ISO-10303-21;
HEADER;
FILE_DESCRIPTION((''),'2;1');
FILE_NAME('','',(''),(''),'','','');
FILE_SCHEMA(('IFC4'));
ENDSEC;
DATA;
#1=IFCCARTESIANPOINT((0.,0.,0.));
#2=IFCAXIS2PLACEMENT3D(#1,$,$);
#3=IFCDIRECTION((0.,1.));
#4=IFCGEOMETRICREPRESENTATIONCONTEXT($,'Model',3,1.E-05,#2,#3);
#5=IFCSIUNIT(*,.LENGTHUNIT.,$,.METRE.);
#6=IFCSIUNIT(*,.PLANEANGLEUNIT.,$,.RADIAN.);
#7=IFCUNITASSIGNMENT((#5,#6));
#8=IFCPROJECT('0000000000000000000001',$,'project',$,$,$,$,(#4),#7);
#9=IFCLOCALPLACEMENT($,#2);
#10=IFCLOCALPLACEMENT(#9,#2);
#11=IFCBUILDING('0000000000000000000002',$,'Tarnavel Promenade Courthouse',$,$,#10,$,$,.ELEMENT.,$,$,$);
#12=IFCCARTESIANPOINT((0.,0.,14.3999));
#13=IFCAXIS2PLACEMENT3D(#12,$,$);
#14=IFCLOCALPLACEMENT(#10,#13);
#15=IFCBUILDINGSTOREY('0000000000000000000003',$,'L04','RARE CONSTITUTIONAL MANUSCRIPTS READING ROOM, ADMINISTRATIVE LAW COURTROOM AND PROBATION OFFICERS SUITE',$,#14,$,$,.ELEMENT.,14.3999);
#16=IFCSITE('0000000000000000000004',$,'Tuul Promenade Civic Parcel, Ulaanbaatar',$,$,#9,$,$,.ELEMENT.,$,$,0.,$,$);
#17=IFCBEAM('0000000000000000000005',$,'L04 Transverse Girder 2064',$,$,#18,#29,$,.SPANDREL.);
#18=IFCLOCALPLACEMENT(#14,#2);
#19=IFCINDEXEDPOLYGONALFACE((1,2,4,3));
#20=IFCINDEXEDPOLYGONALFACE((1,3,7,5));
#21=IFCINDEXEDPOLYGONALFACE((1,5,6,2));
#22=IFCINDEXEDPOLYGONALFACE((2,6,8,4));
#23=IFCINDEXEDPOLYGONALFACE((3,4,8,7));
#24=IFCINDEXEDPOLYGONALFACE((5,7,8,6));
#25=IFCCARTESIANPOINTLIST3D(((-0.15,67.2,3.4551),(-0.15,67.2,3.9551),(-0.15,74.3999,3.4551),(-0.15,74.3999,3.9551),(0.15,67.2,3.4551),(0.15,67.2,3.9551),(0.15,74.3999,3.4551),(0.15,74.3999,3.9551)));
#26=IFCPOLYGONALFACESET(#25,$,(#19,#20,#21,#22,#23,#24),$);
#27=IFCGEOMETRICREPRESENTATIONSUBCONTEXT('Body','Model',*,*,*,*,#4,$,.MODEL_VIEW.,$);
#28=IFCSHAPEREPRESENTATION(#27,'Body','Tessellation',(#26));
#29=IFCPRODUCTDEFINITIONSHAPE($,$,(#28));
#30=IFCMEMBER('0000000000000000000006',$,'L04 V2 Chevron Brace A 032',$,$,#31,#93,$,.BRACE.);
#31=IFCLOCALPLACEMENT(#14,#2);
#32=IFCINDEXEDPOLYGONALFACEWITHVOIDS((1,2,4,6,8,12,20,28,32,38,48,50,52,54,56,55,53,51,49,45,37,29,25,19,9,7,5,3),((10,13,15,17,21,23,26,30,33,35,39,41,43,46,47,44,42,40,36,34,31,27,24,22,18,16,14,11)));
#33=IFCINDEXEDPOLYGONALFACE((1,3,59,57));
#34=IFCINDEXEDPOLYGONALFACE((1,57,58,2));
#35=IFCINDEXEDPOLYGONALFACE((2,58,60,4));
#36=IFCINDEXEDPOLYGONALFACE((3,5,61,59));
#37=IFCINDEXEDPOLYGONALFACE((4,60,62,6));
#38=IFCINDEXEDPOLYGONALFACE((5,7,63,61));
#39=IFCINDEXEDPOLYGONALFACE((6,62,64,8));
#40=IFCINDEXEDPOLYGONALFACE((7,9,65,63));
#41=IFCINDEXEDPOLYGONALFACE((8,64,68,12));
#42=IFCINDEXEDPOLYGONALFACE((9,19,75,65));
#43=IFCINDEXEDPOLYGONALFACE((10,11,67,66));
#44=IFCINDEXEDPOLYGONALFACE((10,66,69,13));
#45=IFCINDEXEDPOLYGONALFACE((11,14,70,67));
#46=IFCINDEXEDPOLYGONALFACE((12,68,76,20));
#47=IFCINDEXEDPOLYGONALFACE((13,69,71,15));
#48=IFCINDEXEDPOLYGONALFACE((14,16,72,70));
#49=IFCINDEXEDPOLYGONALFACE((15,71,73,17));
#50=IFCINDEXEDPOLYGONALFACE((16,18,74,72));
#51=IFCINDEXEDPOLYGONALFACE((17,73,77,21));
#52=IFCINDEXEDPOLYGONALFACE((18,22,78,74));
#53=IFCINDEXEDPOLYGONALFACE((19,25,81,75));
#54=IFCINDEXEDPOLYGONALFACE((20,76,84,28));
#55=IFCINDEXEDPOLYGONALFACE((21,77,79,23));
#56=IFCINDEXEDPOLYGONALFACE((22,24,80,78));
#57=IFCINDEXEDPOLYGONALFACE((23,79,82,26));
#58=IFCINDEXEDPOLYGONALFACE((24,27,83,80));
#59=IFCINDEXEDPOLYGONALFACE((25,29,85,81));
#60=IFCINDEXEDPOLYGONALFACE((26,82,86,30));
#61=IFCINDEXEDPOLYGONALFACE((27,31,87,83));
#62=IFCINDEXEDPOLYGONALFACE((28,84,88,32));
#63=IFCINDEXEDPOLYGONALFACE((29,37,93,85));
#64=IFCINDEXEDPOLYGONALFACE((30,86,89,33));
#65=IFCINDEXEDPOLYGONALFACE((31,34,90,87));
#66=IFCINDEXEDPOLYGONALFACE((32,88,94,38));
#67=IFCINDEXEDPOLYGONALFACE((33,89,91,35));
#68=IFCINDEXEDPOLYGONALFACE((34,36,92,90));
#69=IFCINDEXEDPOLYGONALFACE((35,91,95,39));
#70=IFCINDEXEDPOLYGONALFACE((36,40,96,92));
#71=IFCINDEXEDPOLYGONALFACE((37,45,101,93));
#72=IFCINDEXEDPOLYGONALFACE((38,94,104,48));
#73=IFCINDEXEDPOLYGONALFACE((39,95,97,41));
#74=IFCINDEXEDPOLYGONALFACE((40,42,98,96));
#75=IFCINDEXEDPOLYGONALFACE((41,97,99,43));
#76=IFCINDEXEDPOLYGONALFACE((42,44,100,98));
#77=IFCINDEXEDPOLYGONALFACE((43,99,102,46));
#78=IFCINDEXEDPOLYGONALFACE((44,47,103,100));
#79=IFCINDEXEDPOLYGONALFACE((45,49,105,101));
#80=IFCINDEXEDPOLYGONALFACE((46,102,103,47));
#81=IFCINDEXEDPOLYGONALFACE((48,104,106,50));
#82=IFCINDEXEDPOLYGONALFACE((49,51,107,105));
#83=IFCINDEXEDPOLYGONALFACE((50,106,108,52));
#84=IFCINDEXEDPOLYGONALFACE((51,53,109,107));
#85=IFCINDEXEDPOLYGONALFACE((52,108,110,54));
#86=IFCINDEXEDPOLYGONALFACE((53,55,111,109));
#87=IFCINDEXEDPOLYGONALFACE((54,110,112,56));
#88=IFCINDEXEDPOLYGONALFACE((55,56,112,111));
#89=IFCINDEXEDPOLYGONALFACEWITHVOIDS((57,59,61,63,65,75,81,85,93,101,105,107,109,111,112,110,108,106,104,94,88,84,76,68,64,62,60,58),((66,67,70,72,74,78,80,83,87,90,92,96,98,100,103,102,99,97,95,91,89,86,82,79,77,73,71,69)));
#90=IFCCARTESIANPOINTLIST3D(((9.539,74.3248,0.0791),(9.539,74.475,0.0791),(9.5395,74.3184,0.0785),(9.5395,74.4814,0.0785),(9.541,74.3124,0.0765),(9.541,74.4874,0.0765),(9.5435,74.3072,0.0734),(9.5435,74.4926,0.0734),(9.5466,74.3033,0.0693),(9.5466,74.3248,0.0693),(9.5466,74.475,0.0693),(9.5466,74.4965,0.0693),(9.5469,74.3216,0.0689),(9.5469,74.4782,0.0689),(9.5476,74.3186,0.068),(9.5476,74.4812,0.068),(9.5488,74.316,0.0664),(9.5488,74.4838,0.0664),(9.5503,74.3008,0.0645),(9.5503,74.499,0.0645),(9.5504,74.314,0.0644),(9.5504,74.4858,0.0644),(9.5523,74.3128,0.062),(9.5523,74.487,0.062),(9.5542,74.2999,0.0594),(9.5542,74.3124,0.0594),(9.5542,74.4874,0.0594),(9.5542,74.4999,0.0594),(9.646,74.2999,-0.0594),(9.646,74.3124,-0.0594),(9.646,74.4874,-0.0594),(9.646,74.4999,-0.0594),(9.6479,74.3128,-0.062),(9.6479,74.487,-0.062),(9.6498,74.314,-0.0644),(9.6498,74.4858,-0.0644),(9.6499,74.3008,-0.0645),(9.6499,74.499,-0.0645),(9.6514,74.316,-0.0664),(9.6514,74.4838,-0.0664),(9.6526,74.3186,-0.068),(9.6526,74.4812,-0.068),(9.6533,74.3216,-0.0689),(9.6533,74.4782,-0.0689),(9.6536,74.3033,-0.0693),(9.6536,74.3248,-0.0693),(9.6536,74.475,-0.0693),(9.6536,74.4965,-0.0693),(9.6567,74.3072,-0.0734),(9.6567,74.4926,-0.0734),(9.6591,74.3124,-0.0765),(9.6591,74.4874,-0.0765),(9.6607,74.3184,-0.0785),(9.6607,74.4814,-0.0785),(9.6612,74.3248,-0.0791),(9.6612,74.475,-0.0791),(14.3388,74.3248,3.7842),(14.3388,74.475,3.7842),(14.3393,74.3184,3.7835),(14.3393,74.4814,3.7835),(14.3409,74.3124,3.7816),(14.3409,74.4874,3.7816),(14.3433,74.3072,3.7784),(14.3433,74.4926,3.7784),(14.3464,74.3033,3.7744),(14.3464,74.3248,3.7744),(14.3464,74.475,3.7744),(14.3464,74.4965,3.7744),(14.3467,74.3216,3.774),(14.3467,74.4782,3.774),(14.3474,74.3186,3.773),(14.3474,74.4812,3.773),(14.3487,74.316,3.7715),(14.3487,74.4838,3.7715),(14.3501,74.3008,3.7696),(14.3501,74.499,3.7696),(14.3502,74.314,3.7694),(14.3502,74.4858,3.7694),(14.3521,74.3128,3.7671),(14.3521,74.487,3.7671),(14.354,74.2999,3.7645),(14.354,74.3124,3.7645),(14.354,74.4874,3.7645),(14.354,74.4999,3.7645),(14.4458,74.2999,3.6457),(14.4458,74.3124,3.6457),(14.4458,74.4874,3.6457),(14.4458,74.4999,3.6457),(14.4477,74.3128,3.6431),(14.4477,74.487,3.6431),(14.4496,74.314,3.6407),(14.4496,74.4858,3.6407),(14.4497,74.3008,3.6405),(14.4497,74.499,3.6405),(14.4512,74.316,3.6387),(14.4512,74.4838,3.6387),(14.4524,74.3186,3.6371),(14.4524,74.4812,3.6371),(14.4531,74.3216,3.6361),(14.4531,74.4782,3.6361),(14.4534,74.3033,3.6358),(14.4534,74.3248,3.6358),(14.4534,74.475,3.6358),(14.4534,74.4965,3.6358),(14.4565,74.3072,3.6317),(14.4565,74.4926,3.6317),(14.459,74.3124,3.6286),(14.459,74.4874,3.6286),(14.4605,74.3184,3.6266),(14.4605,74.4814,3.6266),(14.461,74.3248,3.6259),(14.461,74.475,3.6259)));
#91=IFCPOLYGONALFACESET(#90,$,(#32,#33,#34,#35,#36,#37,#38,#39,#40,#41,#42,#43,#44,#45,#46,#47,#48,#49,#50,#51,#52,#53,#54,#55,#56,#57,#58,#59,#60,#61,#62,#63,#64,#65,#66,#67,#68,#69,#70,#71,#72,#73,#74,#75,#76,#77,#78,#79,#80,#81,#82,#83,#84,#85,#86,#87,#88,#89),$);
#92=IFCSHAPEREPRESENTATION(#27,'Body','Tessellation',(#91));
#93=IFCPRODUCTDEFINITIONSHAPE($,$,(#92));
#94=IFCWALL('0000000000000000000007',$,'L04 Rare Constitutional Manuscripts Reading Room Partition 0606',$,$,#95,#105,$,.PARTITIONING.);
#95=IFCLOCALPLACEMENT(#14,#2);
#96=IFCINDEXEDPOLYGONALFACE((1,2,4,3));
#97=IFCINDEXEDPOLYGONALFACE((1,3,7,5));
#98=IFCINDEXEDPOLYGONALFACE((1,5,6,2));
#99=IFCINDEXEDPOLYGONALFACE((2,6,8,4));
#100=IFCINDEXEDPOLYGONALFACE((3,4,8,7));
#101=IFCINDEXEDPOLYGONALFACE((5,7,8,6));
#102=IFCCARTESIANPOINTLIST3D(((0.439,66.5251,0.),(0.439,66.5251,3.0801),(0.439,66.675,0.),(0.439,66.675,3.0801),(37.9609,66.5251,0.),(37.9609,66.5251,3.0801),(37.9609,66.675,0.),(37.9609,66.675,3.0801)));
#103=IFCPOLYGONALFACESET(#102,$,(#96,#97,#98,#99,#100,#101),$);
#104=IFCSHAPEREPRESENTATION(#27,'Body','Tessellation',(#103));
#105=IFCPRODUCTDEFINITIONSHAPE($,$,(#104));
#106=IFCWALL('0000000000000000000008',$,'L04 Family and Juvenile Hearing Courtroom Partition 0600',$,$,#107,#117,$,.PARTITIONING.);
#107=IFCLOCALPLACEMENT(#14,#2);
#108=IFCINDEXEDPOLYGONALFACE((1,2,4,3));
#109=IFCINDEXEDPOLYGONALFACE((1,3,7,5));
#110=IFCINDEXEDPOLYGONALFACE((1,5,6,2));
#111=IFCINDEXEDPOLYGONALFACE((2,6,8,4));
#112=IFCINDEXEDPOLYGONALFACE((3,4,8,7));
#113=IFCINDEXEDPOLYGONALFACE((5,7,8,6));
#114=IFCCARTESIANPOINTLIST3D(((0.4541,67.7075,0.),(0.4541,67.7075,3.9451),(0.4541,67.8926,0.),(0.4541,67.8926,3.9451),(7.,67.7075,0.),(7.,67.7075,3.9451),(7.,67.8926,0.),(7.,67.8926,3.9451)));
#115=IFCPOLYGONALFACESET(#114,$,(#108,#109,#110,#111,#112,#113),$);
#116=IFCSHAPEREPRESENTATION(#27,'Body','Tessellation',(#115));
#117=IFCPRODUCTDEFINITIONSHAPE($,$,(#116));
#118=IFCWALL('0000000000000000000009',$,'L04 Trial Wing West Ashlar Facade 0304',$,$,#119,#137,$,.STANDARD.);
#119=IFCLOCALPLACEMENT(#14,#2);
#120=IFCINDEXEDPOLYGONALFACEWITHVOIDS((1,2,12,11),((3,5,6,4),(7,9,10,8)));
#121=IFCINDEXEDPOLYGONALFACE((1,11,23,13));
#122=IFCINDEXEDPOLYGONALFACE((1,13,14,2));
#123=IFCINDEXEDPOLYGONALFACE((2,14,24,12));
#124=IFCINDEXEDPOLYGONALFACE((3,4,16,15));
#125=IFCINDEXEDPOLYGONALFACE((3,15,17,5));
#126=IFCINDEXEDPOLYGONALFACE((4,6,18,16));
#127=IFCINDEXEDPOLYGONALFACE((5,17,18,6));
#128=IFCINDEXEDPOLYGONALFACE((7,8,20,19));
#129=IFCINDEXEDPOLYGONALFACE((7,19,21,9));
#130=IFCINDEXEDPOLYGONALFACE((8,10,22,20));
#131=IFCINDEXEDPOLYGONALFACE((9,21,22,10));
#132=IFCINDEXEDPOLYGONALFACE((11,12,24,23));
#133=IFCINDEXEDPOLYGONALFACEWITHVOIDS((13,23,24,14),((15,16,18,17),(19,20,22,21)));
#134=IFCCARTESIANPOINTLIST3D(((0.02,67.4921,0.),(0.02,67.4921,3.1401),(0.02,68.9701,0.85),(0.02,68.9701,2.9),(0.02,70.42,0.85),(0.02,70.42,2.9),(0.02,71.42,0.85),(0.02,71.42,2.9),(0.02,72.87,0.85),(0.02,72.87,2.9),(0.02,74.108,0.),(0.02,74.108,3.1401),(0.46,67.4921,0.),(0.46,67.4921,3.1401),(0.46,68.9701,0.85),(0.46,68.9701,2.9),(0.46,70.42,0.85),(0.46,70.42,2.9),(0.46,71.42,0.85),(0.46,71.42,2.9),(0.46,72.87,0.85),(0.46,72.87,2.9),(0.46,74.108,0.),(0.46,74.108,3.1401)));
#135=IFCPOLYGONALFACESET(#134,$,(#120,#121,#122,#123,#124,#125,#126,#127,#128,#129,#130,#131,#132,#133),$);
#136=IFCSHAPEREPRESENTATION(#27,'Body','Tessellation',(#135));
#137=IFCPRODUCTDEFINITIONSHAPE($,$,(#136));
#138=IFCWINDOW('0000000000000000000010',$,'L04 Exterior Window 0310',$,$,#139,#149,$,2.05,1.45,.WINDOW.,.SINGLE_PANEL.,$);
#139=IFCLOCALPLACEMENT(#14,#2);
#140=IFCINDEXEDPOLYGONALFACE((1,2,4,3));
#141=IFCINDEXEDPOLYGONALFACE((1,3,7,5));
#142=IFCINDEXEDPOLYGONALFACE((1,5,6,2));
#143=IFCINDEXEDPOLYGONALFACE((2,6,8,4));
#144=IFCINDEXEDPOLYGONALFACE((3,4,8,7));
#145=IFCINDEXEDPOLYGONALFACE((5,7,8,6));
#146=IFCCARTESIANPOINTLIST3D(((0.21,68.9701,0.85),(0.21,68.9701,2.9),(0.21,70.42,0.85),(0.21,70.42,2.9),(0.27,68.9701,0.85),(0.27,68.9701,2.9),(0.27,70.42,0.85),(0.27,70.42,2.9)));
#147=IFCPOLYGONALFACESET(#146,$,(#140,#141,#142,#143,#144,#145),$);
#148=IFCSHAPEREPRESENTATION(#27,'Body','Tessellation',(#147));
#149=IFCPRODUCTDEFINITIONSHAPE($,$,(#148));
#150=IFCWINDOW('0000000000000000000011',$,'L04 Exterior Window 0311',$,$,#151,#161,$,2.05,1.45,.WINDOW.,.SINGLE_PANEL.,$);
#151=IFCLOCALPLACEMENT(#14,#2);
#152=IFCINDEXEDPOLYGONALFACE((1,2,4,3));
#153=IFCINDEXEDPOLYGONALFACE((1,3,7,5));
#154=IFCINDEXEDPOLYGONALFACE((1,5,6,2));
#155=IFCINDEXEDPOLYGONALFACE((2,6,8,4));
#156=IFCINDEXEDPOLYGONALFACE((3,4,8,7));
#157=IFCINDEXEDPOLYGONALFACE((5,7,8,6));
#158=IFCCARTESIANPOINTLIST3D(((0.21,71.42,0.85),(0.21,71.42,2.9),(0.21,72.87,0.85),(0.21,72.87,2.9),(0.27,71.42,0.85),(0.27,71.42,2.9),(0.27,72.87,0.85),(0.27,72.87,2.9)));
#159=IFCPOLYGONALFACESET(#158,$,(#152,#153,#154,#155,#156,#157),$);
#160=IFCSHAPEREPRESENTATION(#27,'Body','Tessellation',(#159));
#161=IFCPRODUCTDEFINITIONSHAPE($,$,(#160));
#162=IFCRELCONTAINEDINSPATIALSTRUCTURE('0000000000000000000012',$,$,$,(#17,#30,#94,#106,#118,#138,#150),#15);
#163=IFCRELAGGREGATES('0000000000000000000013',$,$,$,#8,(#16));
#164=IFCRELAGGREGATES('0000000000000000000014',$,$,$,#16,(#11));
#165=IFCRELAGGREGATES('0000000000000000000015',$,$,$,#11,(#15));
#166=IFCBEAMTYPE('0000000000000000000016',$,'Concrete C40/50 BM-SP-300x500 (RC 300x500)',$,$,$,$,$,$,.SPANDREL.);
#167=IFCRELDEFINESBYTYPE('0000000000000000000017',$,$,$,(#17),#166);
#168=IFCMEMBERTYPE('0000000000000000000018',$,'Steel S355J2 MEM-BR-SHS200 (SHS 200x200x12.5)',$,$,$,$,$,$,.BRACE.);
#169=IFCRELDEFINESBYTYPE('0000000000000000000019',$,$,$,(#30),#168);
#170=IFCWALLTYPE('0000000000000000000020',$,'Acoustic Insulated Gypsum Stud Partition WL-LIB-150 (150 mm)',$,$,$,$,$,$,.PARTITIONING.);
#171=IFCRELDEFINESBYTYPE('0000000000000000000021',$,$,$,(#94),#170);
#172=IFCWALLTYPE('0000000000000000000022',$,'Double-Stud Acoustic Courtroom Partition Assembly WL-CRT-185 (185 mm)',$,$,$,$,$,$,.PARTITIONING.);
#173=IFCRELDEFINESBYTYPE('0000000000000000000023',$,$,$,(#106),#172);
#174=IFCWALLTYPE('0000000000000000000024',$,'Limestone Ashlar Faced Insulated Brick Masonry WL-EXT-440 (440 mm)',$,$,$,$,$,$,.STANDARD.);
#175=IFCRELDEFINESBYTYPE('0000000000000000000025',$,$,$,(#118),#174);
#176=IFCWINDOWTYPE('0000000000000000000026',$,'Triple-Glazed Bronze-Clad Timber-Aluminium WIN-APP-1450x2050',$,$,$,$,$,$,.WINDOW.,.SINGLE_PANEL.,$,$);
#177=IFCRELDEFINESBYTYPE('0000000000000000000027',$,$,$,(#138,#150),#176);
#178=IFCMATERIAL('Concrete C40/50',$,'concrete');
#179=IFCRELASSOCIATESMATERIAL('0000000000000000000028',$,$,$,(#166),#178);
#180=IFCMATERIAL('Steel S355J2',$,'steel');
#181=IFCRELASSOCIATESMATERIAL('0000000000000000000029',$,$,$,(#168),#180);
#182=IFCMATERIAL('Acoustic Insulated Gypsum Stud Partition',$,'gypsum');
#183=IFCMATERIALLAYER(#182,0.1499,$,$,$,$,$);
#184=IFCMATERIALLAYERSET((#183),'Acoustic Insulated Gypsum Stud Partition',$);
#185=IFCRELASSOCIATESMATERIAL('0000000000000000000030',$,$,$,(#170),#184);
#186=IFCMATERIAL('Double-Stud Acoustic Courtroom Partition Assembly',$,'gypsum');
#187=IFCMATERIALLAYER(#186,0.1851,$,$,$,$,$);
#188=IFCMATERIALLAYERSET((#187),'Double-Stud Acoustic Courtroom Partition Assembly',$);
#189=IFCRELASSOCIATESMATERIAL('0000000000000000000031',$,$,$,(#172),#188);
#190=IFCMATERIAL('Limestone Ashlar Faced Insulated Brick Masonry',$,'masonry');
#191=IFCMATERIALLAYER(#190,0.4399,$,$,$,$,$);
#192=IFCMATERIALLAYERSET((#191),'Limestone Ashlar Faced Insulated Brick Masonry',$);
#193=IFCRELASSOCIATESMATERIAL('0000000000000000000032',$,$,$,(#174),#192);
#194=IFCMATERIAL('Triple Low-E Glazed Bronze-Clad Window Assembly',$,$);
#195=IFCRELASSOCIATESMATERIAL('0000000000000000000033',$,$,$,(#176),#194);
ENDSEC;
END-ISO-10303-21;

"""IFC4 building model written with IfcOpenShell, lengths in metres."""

from ifc_helpers import new_model, si_unit, direction, frame, frame_2d, origin, origin_2d, place, context, subcontext, project, spatial, rectangle, hollow_rectangle, extrude, material, layer, layer_set, material_profile, profile_set, type_object, element, fill, save


model = new_model("IFC4")

# Units and contexts
model_context = context("Model", 3, precision=1e-05, world=origin(), true_north=direction((0.0, 1.0)))
body_context = subcontext(model_context, "Body", "Model", "MODEL_VIEW")
ifc_project = project(units=[si_unit("LENGTHUNIT", "METRE"), si_unit("PLANEANGLEUNIT", "RADIAN")], contexts=[model_context])

# Site, building, storey
site_placement = place(None, origin())
site = spatial("IfcSite", under=ifc_project, at=site_placement, Name="Tuul Promenade Civic Parcel, Ulaanbaatar", CompositionType="ELEMENT", RefElevation=0.0)
building_placement = place(site_placement, origin())
building = spatial("IfcBuilding", under=site, at=building_placement, Name="Tarnavel Promenade Courthouse", CompositionType="ELEMENT")
storey_placement = place(building_placement, frame((0.0, 0.0, 14.3999)))
storey = spatial("IfcBuildingStorey", under=building, at=storey_placement, Name="L04", Description="RARE CONSTITUTIONAL MANUSCRIPTS READING ROOM, ADMINISTRATIVE LAW COURTROOM AND PROBATION OFFICERS SUITE", CompositionType="ELEMENT", Elevation=14.3999)

# Shared definitions
ifc_material_1 = material(Name="Concrete C40/50", Category="concrete")

# Beam
ifc_material_profile_1 = material_profile(ifc_material_1, rectangle(XDim=0.3, YDim=0.5, at=origin_2d()), Name="RC 300x500")
ifc_profile_set_1 = profile_set([ifc_material_profile_1], Name="Concrete C40/50")
beam_type_1 = type_object("IfcBeamType", Name="Concrete C40/50 BM-SP-300x500 (RC 300x500)", PredefinedType="SPANDREL", material=ifc_profile_set_1)
beam_1_placement = place(storey_placement, frame((0.0, 67.2, 3.7051), z_axis=(0.0, 1.0, 0.0), x_axis=(-1.0, 0.0, 0.0)))
element("IfcBeam", 1, at=beam_1_placement, inside=storey, type_object=beam_type_1, Name="L04 Transverse Girder 2064", PredefinedType="SPANDREL", context=body_context, shape_type="SweptSolid", body=[
    extrude(rectangle(XDim=0.3, YDim=0.5, at=origin_2d()), origin(), (0.0, 0.0, 1.0), 7.2),
])

# Member
ifc_material_2 = material(Name="Steel S355J2", Category="steel")
ifc_material_profile_2 = material_profile(ifc_material_2, hollow_rectangle(XDim=0.2, YDim=0.2, WallThickness=0.0125, InnerFilletRadius=0.0125, OuterFilletRadius=0.0249, at=origin_2d()), Name="SHS 200x200x12.5")
ifc_profile_set_2 = profile_set([ifc_material_profile_2], Name="Steel S355J2")
member_type = type_object("IfcMemberType", Name="Steel S355J2 MEM-BR-SHS200 (SHS 200x200x12.5)", PredefinedType="BRACE", material=ifc_profile_set_2)
member_placement = place(storey_placement, frame((9.6001, 74.3999, 0.0), z_axis=(0.791593, 0.0, 0.611049), x_axis=(0.0, 1.0, 0.0)))
element("IfcMember", 2, at=member_placement, inside=storey, type_object=member_type, Name="L04 V2 Chevron Brace A 032", PredefinedType="BRACE", context=body_context, shape_type="SweptSolid", body=[
    extrude(hollow_rectangle(XDim=0.2, YDim=0.2, WallThickness=0.0125, InnerFilletRadius=0.0125, OuterFilletRadius=0.0249, at=origin_2d()), origin(), (0.0, 0.0, 1.0), 6.0635),
])

# Walls
ifc_material_3 = material(Name="Acoustic Insulated Gypsum Stud Partition", Category="gypsum")
ifc_layer_1 = layer(ifc_material_3, 0.1499)
ifc_layer_set_1 = layer_set([ifc_layer_1], Name="Acoustic Insulated Gypsum Stud Partition")
wall_type_1 = type_object("IfcWallType", Name="Acoustic Insulated Gypsum Stud Partition WL-LIB-150 (150 mm)", PredefinedType="PARTITIONING", material=ifc_layer_set_1)
wall_1_placement = place(storey_placement, frame((0.439, 66.6001, 0.0), z_axis=(0.0, 0.0, 1.0), x_axis=(1.0, 0.0, 0.0)))
element("IfcWall", 3, at=wall_1_placement, inside=storey, type_object=wall_type_1, Name="L04 Rare Constitutional Manuscripts Reading Room Partition 0606", PredefinedType="PARTITIONING", context=body_context, shape_type="SweptSolid", body=[
    extrude(rectangle(XDim=37.522, YDim=0.1499, at=frame_2d((18.761, 0.0))), origin(), (0.0, 0.0, 1.0), 3.0801),
])
ifc_material_4 = material(Name="Double-Stud Acoustic Courtroom Partition Assembly", Category="gypsum")
ifc_layer_2 = layer(ifc_material_4, 0.1851)
ifc_layer_set_2 = layer_set([ifc_layer_2], Name="Double-Stud Acoustic Courtroom Partition Assembly")
wall_type_2 = type_object("IfcWallType", Name="Double-Stud Acoustic Courtroom Partition Assembly WL-CRT-185 (185 mm)", PredefinedType="PARTITIONING", material=ifc_layer_set_2)
wall_2_placement = place(storey_placement, frame((7.0, 67.8, 0.0), z_axis=(0.0, 0.0, 1.0), x_axis=(-1.0, 0.0, 0.0)))
element("IfcWall", 4, at=wall_2_placement, inside=storey, type_object=wall_type_2, Name="L04 Family and Juvenile Hearing Courtroom Partition 0600", PredefinedType="PARTITIONING", context=body_context, shape_type="SweptSolid", body=[
    extrude(rectangle(XDim=6.5459, YDim=0.1851, at=frame_2d((3.2729, 0.0))), origin(), (0.0, 0.0, 1.0), 3.9451),
])

# Wall, openings, windows
ifc_material_5 = material(Name="Limestone Ashlar Faced Insulated Brick Masonry", Category="masonry")
ifc_layer_3 = layer(ifc_material_5, 0.4399)
ifc_layer_set_3 = layer_set([ifc_layer_3], Name="Limestone Ashlar Faced Insulated Brick Masonry")
wall_type_3 = type_object("IfcWallType", Name="Limestone Ashlar Faced Insulated Brick Masonry WL-EXT-440 (440 mm)", PredefinedType="STANDARD", material=ifc_layer_set_3)
wall_3_placement = place(storey_placement, frame((0.24, 67.4919, 0.0), z_axis=(0.0, 0.0, 1.0), x_axis=(0.0, 1.0, 0.0)))
wall_3 = element("IfcWall", 5, at=wall_3_placement, inside=storey, type_object=wall_type_3, Name="L04 Trial Wing West Ashlar Facade 0304", PredefinedType="STANDARD", context=body_context, shape_type="SweptSolid", body=[
    extrude(rectangle(XDim=6.616, YDim=0.4399, at=frame_2d((3.3081, 0.0))), origin(), (0.0, 0.0, 1.0), 3.1401),
])
opening_1_placement = place(wall_3_placement, frame((1.478, 0.0, 0.8501)))
opening_1 = element("IfcOpeningElement", 6, at=opening_1_placement, cuts=wall_3, PredefinedType="OPENING", context=body_context, shape_type="SweptSolid", body=[
    extrude(rectangle(XDim=1.45, YDim=2.05, at=frame_2d((0.7251, 1.0249))), frame((0.0, 0.23, 0.0), z_axis=(0.0, -1.0, 0.0), x_axis=(1.0, 0.0, 0.0)), (0.0, 0.0, 1.0), 0.46),
])
opening_2_placement = place(wall_3_placement, frame((3.928, 0.0, 0.8501)))
opening_2 = element("IfcOpeningElement", 7, at=opening_2_placement, cuts=wall_3, PredefinedType="OPENING", context=body_context, shape_type="SweptSolid", body=[
    extrude(rectangle(XDim=1.45, YDim=2.05, at=frame_2d((0.7251, 1.0249))), frame((0.0, 0.23, 0.0), z_axis=(0.0, -1.0, 0.0), x_axis=(1.0, 0.0, 0.0)), (0.0, 0.0, 1.0), 0.46),
])
ifc_material_6 = material(Name="Triple Low-E Glazed Bronze-Clad Window Assembly")
window_type = type_object("IfcWindowType", Name="Triple-Glazed Bronze-Clad Timber-Aluminium WIN-APP-1450x2050", PartitioningType="SINGLE_PANEL", PredefinedType="WINDOW", material=ifc_material_6)
window_1_placement = place(opening_1_placement, origin())
window_1 = element("IfcWindow", 8, at=window_1_placement, inside=storey, type_object=window_type, Name="L04 Exterior Window 0310", OverallHeight=2.05, OverallWidth=1.45, PartitioningType="SINGLE_PANEL", PredefinedType="WINDOW", context=body_context, shape_type="SweptSolid", body=[
    extrude(rectangle(XDim=1.45, YDim=2.05, at=frame_2d((0.7251, 1.0249))), frame((0.0, 0.03, 0.0), z_axis=(0.0, -1.0, 0.0), x_axis=(1.0, 0.0, 0.0)), (0.0, 0.0, 1.0), 0.0601),
])
fill(opening_1, window_1)
window_2_placement = place(opening_2_placement, origin())
window_2 = element("IfcWindow", 9, at=window_2_placement, inside=storey, type_object=window_type, Name="L04 Exterior Window 0311", OverallHeight=2.05, OverallWidth=1.45, PartitioningType="SINGLE_PANEL", PredefinedType="WINDOW", context=body_context, shape_type="SweptSolid", body=[
    extrude(rectangle(XDim=1.45, YDim=2.05, at=frame_2d((0.7251, 1.0249))), frame((0.0, 0.03, 0.0), z_axis=(0.0, -1.0, 0.0), x_axis=(1.0, 0.0, 0.0)), (0.0, 0.0, 1.0), 0.0601),
])
fill(opening_2, window_2)

save(model, "model.ifc")
